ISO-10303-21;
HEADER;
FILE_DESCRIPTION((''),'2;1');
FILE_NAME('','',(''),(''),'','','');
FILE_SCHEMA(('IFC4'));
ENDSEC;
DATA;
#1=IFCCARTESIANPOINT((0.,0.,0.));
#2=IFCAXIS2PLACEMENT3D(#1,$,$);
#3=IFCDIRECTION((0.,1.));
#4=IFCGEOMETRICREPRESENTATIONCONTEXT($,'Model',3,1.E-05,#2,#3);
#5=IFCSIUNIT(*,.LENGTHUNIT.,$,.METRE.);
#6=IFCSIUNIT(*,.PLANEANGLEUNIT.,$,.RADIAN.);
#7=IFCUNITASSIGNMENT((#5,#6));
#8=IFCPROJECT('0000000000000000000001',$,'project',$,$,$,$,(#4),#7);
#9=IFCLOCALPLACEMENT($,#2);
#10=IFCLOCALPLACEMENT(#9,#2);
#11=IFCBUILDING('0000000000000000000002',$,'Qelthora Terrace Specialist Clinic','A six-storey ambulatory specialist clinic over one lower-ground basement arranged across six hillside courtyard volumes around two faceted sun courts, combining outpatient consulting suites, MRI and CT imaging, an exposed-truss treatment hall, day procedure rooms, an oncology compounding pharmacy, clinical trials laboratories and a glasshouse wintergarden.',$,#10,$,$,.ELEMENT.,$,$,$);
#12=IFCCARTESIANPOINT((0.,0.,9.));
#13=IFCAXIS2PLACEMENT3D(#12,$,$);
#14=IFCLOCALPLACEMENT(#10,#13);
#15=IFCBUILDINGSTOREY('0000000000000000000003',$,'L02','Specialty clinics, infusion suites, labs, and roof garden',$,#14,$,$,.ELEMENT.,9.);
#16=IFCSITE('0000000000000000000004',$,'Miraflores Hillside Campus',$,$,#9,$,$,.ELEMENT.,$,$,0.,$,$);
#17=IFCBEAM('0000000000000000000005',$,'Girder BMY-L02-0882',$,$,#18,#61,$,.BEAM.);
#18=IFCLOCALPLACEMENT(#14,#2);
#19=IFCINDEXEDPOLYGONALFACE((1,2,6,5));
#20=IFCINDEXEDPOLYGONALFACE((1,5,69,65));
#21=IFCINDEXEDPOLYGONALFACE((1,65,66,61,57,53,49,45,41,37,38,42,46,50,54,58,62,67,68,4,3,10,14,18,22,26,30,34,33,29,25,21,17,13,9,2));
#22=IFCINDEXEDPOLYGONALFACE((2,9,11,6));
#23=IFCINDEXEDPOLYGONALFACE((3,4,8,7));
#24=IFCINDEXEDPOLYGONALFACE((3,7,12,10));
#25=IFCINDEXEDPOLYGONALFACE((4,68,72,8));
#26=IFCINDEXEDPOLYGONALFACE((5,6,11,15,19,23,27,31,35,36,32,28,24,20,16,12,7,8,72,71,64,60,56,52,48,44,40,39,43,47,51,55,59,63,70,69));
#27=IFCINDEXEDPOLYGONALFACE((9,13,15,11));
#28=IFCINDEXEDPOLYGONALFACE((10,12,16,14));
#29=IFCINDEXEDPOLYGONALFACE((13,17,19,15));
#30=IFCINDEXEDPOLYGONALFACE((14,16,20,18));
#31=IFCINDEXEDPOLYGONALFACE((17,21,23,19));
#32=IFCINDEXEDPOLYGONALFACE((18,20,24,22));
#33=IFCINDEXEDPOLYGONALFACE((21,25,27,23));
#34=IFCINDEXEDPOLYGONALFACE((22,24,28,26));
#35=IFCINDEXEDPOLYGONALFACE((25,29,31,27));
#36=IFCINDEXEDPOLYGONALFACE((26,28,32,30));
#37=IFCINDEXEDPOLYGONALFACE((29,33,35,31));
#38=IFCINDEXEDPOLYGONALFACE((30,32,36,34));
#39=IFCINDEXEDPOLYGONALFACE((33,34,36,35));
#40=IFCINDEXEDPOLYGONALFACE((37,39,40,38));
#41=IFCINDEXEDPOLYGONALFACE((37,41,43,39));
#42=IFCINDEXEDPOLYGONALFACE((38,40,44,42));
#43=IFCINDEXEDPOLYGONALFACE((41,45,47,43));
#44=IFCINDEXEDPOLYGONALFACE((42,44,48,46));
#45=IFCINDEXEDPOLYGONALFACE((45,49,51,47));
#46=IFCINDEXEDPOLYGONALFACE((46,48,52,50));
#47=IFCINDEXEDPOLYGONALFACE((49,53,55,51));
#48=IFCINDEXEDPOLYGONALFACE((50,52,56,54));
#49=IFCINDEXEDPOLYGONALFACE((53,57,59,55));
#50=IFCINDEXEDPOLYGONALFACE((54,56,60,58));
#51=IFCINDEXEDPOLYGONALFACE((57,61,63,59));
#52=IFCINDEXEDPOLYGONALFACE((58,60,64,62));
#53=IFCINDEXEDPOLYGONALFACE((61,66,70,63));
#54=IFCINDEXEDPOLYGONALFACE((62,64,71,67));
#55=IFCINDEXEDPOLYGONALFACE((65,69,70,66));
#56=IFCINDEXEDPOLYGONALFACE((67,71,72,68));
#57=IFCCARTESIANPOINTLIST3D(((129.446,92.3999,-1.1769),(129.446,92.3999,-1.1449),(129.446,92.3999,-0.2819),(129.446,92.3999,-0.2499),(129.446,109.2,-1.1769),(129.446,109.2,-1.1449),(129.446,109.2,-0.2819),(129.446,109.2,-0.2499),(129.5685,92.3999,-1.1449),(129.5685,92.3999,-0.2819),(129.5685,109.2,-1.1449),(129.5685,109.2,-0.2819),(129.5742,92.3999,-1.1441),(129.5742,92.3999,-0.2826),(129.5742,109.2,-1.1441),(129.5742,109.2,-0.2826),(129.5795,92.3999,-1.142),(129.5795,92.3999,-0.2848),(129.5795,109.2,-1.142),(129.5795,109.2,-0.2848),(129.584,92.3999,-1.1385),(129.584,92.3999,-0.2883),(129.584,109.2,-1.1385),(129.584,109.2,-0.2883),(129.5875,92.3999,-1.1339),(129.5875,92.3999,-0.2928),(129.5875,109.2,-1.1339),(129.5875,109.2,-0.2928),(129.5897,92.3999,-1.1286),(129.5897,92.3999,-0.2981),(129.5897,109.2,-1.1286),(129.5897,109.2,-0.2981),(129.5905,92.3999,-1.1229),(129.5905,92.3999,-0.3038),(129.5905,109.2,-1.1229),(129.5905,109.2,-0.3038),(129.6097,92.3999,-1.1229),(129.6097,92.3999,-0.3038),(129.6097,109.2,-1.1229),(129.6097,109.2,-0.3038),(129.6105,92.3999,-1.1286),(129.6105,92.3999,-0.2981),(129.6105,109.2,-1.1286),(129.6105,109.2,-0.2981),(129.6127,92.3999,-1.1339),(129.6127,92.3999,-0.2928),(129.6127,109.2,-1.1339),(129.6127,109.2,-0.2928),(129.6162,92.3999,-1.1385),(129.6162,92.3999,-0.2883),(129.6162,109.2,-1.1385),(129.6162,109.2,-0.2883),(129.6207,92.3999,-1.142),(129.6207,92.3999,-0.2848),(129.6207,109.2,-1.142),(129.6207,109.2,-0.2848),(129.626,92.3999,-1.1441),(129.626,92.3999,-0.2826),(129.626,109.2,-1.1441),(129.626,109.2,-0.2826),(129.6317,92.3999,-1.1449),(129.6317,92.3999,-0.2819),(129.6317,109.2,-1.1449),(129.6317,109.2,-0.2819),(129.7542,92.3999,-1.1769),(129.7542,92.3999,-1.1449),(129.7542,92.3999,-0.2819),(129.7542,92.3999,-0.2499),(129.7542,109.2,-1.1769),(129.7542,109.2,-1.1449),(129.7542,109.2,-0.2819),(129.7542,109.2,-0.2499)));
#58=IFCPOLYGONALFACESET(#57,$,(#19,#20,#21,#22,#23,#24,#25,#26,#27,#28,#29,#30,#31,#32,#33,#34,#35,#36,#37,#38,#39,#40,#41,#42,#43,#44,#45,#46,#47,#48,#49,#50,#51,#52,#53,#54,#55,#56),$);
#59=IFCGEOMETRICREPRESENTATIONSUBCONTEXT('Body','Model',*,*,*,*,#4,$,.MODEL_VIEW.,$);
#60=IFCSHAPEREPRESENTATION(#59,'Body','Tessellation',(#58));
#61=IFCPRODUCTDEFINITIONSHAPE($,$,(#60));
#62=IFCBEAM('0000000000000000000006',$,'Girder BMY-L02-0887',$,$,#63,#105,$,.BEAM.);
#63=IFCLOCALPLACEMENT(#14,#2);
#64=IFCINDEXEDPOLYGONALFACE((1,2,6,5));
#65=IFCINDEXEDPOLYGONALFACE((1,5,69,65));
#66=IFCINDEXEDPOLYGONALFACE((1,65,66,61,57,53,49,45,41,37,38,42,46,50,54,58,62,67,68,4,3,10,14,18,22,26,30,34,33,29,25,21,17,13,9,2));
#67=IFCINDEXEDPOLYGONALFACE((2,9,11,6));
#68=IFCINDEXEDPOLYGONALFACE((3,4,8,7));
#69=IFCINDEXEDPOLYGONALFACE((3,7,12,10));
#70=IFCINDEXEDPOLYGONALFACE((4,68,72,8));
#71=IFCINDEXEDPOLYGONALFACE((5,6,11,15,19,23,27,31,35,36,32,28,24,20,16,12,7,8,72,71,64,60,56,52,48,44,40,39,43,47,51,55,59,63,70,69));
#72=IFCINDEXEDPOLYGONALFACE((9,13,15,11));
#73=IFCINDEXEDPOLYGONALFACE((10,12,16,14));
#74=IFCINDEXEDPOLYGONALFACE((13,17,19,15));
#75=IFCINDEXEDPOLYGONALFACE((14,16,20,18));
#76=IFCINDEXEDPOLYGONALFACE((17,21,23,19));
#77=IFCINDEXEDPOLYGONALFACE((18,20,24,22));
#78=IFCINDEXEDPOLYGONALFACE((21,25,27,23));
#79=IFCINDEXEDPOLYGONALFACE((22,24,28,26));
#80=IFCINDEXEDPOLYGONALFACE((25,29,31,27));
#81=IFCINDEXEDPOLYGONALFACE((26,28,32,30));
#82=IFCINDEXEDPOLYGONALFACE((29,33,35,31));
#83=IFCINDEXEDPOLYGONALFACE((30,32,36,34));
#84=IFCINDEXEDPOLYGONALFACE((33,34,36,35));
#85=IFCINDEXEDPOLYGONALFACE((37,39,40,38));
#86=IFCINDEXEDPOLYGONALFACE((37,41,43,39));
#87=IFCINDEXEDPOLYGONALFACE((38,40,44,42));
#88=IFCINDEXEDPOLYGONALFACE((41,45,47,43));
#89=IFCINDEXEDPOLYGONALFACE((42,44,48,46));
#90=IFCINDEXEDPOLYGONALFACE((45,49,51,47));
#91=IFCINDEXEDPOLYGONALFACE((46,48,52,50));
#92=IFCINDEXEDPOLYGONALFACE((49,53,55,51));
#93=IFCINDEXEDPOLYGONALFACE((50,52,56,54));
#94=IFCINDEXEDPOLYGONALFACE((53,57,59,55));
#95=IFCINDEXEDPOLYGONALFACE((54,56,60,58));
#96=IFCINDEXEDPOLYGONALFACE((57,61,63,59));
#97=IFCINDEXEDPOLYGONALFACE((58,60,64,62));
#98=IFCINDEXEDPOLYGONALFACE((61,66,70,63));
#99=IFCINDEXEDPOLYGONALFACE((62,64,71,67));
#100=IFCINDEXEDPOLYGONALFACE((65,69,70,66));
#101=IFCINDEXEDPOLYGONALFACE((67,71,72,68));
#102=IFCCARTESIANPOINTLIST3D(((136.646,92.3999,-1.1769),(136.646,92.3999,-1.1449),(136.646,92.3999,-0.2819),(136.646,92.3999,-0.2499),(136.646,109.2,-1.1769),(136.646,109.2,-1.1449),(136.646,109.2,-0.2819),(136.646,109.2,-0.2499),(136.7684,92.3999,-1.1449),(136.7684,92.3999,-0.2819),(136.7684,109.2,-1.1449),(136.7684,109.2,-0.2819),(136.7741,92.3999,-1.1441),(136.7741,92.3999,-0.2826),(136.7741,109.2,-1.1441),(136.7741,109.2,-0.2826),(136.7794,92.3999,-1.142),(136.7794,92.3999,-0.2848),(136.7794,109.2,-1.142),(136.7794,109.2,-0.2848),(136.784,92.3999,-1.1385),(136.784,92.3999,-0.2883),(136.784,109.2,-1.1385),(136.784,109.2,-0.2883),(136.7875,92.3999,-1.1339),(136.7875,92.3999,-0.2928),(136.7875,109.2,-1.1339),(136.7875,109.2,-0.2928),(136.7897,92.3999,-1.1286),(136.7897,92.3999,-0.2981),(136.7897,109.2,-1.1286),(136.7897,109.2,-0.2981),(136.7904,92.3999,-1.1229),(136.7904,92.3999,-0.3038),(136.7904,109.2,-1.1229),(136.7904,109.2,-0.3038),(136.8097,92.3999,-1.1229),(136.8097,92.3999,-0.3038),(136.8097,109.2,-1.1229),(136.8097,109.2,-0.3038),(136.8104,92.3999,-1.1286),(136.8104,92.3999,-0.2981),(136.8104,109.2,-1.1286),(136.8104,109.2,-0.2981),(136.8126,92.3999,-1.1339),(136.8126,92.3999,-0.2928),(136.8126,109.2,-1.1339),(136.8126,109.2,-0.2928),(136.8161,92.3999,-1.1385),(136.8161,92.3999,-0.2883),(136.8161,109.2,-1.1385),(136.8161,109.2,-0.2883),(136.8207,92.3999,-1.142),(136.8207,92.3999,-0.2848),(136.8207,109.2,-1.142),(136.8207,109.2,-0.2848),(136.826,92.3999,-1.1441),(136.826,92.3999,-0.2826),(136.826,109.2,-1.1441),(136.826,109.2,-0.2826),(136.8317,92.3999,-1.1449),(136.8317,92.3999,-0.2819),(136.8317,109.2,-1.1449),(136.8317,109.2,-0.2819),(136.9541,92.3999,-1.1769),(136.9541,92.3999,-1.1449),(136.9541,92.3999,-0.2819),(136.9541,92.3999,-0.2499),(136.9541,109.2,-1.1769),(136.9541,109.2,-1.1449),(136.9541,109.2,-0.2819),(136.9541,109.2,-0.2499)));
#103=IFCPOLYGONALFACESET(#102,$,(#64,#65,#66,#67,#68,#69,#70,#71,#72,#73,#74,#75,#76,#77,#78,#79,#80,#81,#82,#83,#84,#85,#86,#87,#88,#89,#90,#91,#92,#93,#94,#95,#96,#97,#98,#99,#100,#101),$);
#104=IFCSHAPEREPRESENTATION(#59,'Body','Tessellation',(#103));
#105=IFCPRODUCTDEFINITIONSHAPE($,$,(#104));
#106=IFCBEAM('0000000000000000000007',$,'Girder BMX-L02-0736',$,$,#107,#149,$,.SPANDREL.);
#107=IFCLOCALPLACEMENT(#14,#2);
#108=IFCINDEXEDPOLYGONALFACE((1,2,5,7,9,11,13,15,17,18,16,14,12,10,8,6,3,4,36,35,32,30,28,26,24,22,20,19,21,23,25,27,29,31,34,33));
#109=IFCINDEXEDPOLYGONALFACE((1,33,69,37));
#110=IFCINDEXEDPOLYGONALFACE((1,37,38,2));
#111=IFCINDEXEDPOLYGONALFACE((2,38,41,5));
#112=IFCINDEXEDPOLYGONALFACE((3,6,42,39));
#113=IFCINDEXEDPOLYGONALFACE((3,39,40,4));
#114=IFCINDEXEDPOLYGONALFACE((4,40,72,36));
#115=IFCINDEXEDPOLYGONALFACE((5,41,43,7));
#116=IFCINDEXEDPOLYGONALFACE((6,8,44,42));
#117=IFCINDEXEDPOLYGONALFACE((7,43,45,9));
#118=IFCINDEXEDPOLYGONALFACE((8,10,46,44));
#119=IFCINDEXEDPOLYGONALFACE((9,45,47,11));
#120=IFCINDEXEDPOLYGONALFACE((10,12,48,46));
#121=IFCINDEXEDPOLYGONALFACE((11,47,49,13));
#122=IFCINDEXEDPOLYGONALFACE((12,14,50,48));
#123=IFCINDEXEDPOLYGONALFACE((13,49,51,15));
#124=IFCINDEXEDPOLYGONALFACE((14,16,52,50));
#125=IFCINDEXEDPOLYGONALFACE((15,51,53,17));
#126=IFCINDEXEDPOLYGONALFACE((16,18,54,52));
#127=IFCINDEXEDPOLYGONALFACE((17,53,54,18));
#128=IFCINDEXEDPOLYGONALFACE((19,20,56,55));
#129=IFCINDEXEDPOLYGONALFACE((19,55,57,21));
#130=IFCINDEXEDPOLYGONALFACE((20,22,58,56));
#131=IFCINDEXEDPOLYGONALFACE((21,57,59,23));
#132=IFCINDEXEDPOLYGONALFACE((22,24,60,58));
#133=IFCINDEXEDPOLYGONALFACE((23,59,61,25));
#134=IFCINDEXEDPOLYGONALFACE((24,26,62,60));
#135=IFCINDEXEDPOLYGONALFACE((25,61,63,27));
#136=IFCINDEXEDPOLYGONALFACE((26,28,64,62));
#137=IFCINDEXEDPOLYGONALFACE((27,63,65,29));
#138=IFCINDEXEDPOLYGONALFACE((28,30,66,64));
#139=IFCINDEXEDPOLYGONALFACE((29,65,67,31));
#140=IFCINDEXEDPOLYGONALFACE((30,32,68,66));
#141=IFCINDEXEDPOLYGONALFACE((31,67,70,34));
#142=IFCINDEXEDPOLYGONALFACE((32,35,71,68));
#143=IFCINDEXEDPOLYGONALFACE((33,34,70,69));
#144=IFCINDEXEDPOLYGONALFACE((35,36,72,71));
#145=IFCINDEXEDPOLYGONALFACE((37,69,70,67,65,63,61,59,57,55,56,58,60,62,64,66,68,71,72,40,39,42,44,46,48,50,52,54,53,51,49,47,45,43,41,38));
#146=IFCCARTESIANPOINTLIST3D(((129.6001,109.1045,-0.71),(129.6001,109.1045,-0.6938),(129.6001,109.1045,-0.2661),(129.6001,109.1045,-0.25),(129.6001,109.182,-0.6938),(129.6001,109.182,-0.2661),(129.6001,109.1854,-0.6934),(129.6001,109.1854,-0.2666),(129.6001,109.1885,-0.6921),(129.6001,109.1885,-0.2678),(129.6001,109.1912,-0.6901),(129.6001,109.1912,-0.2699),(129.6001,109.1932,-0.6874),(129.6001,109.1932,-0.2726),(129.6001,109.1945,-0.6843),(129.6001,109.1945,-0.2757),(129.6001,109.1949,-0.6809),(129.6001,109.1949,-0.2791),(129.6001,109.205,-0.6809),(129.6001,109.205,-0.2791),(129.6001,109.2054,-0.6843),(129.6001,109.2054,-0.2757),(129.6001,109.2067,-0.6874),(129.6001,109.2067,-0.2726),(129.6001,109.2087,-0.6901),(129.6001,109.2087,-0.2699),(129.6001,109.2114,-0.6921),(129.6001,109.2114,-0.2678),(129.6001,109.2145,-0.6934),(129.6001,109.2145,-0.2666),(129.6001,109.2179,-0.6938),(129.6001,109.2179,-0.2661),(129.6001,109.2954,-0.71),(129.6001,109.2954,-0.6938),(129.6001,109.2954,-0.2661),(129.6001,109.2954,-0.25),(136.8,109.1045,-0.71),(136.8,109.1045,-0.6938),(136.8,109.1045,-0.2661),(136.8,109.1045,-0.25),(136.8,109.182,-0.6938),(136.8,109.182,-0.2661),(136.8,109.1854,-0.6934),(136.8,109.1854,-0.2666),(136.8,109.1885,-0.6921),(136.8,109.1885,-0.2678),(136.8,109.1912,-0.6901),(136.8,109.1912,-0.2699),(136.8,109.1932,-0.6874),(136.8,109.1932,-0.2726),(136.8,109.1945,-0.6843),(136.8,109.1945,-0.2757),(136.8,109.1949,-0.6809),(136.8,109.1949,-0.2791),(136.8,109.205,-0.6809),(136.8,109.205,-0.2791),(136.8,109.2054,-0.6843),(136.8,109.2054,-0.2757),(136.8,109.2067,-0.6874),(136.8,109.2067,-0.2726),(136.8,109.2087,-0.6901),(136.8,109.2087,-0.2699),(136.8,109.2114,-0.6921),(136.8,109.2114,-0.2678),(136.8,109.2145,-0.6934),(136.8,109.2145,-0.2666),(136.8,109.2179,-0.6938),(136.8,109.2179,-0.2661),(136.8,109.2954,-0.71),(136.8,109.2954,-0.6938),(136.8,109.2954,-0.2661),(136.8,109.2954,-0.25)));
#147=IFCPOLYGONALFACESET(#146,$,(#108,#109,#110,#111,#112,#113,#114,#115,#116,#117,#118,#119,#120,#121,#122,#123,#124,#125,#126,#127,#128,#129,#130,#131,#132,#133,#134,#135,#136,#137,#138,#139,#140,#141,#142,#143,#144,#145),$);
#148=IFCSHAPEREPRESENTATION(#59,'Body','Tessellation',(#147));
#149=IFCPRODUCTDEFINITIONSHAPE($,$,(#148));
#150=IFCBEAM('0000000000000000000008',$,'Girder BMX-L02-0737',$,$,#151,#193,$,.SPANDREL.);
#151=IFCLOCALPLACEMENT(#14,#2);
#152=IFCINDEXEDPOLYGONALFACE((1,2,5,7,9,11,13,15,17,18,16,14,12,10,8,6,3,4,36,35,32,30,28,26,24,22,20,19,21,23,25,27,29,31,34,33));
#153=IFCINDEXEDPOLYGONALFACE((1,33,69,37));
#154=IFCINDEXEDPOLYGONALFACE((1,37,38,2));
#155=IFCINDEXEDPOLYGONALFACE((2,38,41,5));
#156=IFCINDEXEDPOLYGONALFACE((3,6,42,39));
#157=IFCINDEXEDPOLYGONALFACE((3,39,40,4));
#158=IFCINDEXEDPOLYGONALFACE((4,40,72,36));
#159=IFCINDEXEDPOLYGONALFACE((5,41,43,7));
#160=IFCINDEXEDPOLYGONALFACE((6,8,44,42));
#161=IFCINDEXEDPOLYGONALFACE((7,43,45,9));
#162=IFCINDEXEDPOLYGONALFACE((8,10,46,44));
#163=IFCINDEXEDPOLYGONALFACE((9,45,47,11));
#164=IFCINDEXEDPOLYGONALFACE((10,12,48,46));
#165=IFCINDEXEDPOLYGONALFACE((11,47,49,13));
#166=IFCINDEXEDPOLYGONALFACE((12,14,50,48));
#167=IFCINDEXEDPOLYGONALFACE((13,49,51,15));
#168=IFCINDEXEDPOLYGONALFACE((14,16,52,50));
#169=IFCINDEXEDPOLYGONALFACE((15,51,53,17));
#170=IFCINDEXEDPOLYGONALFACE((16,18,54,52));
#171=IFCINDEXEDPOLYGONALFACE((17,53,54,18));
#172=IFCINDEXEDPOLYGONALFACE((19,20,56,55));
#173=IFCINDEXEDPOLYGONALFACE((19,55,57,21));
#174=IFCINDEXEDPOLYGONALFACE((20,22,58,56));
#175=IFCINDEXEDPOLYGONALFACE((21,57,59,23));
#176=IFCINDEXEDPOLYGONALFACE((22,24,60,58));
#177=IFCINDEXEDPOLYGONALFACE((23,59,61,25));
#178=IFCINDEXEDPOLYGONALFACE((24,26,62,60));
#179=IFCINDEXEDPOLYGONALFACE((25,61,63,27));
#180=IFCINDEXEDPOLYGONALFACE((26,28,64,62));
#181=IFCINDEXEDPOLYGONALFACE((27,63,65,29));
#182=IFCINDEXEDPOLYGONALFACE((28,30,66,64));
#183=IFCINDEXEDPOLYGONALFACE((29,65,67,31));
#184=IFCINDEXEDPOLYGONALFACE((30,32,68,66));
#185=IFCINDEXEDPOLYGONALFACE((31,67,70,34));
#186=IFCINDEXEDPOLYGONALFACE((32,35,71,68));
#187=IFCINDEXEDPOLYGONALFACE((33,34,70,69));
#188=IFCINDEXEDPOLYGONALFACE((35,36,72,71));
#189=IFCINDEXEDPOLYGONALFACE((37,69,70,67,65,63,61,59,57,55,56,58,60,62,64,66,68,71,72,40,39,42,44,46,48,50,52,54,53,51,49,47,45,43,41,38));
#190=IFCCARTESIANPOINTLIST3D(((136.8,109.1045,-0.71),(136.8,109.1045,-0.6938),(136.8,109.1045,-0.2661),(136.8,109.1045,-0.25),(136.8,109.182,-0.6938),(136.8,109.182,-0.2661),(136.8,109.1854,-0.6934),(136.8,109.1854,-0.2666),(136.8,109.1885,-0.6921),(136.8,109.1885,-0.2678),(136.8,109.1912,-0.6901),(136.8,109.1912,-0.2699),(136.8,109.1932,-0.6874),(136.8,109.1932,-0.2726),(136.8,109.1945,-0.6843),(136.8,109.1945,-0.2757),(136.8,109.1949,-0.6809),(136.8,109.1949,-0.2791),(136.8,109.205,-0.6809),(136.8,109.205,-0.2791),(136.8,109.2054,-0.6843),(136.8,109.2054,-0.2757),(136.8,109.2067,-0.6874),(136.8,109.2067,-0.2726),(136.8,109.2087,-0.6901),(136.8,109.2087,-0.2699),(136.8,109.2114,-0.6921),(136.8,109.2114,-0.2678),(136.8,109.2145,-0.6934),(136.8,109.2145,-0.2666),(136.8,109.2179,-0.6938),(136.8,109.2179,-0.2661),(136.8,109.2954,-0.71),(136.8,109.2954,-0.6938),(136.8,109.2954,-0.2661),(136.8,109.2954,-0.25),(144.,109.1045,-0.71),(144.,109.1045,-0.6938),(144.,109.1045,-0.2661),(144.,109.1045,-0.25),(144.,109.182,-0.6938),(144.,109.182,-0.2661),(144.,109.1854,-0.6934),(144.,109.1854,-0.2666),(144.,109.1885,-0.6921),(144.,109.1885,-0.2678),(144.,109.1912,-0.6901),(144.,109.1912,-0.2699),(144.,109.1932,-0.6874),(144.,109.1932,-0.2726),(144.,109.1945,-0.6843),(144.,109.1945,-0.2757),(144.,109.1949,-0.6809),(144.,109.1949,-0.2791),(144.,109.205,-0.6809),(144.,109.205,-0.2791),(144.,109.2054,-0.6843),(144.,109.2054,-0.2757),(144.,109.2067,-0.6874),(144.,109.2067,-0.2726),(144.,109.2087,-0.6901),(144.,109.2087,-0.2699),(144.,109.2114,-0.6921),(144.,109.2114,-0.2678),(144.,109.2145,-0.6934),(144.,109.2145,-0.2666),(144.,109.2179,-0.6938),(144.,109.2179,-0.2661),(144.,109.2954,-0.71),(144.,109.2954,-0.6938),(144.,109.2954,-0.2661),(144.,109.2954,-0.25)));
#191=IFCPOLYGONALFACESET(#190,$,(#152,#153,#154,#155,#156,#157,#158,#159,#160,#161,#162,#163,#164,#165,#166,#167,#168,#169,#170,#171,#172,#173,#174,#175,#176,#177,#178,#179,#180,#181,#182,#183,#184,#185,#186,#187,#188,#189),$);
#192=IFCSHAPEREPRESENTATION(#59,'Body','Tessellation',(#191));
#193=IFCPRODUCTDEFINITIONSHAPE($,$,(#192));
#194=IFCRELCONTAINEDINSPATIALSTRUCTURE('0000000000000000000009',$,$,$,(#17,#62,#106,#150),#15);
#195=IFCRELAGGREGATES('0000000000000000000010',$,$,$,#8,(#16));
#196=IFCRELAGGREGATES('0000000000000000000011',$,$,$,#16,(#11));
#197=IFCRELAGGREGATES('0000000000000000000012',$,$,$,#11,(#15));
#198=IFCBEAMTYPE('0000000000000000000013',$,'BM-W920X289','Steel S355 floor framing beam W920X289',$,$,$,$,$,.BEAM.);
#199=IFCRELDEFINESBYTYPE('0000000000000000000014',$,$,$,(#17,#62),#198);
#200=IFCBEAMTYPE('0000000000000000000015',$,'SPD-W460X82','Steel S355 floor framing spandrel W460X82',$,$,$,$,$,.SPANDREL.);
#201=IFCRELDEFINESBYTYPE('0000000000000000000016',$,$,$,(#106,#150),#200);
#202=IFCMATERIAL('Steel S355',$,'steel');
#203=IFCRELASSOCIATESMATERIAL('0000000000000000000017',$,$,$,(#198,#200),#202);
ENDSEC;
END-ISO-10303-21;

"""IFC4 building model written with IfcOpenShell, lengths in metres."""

from ifc_helpers import new_model, si_unit, direction, frame, origin, origin_2d, place, context, subcontext, project, spatial, i_section, extrude, material, material_profile, profile_set, type_object, element, save


model = new_model("IFC4")

# Units and contexts
model_context = context("Model", 3, precision=1e-05, world=origin(), true_north=direction((0.0, 1.0)))
body_context = subcontext(model_context, "Body", "Model", "MODEL_VIEW")
ifc_project = project(units=[si_unit("LENGTHUNIT", "METRE"), si_unit("PLANEANGLEUNIT", "RADIAN")], contexts=[model_context])

# Site, building, storey
site_placement = place(None, origin())
site = spatial("IfcSite", under=ifc_project, at=site_placement, Name="Miraflores Hillside Campus", CompositionType="ELEMENT", RefElevation=0.0)
building_placement = place(site_placement, origin())
building = spatial("IfcBuilding", under=site, at=building_placement, Name="Qelthora Terrace Specialist Clinic", Description="A six-storey ambulatory specialist clinic over one lower-ground basement arranged across six hillside courtyard volumes around two faceted sun courts, combining outpatient consulting suites, MRI and CT imaging, an exposed-truss treatment hall, day procedure rooms, an oncology compounding pharmacy, clinical trials laboratories and a glasshouse wintergarden.", CompositionType="ELEMENT")
storey_placement = place(building_placement, frame((0.0, 0.0, 9.0)))
storey = spatial("IfcBuildingStorey", under=building, at=storey_placement, Name="L02", Description="Specialty clinics, infusion suites, labs, and roof garden", CompositionType="ELEMENT", Elevation=9.0)

# Shared definitions
ifc_material_1 = material(Name="Steel S355", Category="steel")

# Beams
ifc_material_profile_1 = material_profile(ifc_material_1, i_section(OverallWidth=0.3081, OverallDepth=0.927, WebThickness=0.0193, FlangeThickness=0.032, FilletRadius=0.022, at=origin_2d()), Name="W920X289")
ifc_profile_set_1 = profile_set([ifc_material_profile_1], Name="Steel S355")
beam_type_1 = type_object("IfcBeamType", Name="BM-W920X289", Description="Steel S355 floor framing beam W920X289", PredefinedType="BEAM", material=ifc_profile_set_1)
for number, where, z_axis, x_axis, name in (
    (1, (129.6001, 92.3999, -0.7134), (0.0, 1.0, 0.0), (-1.0, 0.0, 0.0), "Girder BMY-L02-0882"),
    (2, (136.8, 92.3999, -0.7134), (0.0, 1.0, 0.0), (-1.0, 0.0, 0.0), "Girder BMY-L02-0887"),
):
    element("IfcBeam", number, at=place(storey_placement, frame(where, z_axis=z_axis, x_axis=x_axis)), inside=storey, type_object=beam_type_1, Name=name, PredefinedType="BEAM", context=body_context, shape_type="SweptSolid", body=[
        extrude(i_section(OverallWidth=0.3081, OverallDepth=0.927, WebThickness=0.0193, FlangeThickness=0.032, FilletRadius=0.022, at=origin_2d()), origin(), (0.0, 0.0, 1.0), 16.8),
    ])
ifc_material_profile_2 = material_profile(ifc_material_1, i_section(OverallWidth=0.1909, OverallDepth=0.46, WebThickness=0.01, FlangeThickness=0.0161, FilletRadius=0.0129, at=origin_2d()), Name="W460X82")
ifc_profile_set_2 = profile_set([ifc_material_profile_2], Name="Steel S355")
beam_type_2 = type_object("IfcBeamType", Name="SPD-W460X82", Description="Steel S355 floor framing spandrel W460X82", PredefinedType="SPANDREL", material=ifc_profile_set_2)
for number, where, z_axis, x_axis, name in (
    (3, (129.6001, 109.2, -0.48), (1.0, 0.0, 0.0), (0.0, 1.0, 0.0), "Girder BMX-L02-0736"),
    (4, (136.8, 109.2, -0.48), (1.0, 0.0, 0.0), (0.0, 1.0, 0.0), "Girder BMX-L02-0737"),
):
    element("IfcBeam", number, at=place(storey_placement, frame(where, z_axis=z_axis, x_axis=x_axis)), inside=storey, type_object=beam_type_2, Name=name, PredefinedType="SPANDREL", context=body_context, shape_type="SweptSolid", body=[
        extrude(i_section(OverallWidth=0.1909, OverallDepth=0.46, WebThickness=0.01, FlangeThickness=0.0161, FilletRadius=0.0129, at=origin_2d()), origin(), (0.0, 0.0, 1.0), 7.2),
    ])

save(model, "model.ifc")
